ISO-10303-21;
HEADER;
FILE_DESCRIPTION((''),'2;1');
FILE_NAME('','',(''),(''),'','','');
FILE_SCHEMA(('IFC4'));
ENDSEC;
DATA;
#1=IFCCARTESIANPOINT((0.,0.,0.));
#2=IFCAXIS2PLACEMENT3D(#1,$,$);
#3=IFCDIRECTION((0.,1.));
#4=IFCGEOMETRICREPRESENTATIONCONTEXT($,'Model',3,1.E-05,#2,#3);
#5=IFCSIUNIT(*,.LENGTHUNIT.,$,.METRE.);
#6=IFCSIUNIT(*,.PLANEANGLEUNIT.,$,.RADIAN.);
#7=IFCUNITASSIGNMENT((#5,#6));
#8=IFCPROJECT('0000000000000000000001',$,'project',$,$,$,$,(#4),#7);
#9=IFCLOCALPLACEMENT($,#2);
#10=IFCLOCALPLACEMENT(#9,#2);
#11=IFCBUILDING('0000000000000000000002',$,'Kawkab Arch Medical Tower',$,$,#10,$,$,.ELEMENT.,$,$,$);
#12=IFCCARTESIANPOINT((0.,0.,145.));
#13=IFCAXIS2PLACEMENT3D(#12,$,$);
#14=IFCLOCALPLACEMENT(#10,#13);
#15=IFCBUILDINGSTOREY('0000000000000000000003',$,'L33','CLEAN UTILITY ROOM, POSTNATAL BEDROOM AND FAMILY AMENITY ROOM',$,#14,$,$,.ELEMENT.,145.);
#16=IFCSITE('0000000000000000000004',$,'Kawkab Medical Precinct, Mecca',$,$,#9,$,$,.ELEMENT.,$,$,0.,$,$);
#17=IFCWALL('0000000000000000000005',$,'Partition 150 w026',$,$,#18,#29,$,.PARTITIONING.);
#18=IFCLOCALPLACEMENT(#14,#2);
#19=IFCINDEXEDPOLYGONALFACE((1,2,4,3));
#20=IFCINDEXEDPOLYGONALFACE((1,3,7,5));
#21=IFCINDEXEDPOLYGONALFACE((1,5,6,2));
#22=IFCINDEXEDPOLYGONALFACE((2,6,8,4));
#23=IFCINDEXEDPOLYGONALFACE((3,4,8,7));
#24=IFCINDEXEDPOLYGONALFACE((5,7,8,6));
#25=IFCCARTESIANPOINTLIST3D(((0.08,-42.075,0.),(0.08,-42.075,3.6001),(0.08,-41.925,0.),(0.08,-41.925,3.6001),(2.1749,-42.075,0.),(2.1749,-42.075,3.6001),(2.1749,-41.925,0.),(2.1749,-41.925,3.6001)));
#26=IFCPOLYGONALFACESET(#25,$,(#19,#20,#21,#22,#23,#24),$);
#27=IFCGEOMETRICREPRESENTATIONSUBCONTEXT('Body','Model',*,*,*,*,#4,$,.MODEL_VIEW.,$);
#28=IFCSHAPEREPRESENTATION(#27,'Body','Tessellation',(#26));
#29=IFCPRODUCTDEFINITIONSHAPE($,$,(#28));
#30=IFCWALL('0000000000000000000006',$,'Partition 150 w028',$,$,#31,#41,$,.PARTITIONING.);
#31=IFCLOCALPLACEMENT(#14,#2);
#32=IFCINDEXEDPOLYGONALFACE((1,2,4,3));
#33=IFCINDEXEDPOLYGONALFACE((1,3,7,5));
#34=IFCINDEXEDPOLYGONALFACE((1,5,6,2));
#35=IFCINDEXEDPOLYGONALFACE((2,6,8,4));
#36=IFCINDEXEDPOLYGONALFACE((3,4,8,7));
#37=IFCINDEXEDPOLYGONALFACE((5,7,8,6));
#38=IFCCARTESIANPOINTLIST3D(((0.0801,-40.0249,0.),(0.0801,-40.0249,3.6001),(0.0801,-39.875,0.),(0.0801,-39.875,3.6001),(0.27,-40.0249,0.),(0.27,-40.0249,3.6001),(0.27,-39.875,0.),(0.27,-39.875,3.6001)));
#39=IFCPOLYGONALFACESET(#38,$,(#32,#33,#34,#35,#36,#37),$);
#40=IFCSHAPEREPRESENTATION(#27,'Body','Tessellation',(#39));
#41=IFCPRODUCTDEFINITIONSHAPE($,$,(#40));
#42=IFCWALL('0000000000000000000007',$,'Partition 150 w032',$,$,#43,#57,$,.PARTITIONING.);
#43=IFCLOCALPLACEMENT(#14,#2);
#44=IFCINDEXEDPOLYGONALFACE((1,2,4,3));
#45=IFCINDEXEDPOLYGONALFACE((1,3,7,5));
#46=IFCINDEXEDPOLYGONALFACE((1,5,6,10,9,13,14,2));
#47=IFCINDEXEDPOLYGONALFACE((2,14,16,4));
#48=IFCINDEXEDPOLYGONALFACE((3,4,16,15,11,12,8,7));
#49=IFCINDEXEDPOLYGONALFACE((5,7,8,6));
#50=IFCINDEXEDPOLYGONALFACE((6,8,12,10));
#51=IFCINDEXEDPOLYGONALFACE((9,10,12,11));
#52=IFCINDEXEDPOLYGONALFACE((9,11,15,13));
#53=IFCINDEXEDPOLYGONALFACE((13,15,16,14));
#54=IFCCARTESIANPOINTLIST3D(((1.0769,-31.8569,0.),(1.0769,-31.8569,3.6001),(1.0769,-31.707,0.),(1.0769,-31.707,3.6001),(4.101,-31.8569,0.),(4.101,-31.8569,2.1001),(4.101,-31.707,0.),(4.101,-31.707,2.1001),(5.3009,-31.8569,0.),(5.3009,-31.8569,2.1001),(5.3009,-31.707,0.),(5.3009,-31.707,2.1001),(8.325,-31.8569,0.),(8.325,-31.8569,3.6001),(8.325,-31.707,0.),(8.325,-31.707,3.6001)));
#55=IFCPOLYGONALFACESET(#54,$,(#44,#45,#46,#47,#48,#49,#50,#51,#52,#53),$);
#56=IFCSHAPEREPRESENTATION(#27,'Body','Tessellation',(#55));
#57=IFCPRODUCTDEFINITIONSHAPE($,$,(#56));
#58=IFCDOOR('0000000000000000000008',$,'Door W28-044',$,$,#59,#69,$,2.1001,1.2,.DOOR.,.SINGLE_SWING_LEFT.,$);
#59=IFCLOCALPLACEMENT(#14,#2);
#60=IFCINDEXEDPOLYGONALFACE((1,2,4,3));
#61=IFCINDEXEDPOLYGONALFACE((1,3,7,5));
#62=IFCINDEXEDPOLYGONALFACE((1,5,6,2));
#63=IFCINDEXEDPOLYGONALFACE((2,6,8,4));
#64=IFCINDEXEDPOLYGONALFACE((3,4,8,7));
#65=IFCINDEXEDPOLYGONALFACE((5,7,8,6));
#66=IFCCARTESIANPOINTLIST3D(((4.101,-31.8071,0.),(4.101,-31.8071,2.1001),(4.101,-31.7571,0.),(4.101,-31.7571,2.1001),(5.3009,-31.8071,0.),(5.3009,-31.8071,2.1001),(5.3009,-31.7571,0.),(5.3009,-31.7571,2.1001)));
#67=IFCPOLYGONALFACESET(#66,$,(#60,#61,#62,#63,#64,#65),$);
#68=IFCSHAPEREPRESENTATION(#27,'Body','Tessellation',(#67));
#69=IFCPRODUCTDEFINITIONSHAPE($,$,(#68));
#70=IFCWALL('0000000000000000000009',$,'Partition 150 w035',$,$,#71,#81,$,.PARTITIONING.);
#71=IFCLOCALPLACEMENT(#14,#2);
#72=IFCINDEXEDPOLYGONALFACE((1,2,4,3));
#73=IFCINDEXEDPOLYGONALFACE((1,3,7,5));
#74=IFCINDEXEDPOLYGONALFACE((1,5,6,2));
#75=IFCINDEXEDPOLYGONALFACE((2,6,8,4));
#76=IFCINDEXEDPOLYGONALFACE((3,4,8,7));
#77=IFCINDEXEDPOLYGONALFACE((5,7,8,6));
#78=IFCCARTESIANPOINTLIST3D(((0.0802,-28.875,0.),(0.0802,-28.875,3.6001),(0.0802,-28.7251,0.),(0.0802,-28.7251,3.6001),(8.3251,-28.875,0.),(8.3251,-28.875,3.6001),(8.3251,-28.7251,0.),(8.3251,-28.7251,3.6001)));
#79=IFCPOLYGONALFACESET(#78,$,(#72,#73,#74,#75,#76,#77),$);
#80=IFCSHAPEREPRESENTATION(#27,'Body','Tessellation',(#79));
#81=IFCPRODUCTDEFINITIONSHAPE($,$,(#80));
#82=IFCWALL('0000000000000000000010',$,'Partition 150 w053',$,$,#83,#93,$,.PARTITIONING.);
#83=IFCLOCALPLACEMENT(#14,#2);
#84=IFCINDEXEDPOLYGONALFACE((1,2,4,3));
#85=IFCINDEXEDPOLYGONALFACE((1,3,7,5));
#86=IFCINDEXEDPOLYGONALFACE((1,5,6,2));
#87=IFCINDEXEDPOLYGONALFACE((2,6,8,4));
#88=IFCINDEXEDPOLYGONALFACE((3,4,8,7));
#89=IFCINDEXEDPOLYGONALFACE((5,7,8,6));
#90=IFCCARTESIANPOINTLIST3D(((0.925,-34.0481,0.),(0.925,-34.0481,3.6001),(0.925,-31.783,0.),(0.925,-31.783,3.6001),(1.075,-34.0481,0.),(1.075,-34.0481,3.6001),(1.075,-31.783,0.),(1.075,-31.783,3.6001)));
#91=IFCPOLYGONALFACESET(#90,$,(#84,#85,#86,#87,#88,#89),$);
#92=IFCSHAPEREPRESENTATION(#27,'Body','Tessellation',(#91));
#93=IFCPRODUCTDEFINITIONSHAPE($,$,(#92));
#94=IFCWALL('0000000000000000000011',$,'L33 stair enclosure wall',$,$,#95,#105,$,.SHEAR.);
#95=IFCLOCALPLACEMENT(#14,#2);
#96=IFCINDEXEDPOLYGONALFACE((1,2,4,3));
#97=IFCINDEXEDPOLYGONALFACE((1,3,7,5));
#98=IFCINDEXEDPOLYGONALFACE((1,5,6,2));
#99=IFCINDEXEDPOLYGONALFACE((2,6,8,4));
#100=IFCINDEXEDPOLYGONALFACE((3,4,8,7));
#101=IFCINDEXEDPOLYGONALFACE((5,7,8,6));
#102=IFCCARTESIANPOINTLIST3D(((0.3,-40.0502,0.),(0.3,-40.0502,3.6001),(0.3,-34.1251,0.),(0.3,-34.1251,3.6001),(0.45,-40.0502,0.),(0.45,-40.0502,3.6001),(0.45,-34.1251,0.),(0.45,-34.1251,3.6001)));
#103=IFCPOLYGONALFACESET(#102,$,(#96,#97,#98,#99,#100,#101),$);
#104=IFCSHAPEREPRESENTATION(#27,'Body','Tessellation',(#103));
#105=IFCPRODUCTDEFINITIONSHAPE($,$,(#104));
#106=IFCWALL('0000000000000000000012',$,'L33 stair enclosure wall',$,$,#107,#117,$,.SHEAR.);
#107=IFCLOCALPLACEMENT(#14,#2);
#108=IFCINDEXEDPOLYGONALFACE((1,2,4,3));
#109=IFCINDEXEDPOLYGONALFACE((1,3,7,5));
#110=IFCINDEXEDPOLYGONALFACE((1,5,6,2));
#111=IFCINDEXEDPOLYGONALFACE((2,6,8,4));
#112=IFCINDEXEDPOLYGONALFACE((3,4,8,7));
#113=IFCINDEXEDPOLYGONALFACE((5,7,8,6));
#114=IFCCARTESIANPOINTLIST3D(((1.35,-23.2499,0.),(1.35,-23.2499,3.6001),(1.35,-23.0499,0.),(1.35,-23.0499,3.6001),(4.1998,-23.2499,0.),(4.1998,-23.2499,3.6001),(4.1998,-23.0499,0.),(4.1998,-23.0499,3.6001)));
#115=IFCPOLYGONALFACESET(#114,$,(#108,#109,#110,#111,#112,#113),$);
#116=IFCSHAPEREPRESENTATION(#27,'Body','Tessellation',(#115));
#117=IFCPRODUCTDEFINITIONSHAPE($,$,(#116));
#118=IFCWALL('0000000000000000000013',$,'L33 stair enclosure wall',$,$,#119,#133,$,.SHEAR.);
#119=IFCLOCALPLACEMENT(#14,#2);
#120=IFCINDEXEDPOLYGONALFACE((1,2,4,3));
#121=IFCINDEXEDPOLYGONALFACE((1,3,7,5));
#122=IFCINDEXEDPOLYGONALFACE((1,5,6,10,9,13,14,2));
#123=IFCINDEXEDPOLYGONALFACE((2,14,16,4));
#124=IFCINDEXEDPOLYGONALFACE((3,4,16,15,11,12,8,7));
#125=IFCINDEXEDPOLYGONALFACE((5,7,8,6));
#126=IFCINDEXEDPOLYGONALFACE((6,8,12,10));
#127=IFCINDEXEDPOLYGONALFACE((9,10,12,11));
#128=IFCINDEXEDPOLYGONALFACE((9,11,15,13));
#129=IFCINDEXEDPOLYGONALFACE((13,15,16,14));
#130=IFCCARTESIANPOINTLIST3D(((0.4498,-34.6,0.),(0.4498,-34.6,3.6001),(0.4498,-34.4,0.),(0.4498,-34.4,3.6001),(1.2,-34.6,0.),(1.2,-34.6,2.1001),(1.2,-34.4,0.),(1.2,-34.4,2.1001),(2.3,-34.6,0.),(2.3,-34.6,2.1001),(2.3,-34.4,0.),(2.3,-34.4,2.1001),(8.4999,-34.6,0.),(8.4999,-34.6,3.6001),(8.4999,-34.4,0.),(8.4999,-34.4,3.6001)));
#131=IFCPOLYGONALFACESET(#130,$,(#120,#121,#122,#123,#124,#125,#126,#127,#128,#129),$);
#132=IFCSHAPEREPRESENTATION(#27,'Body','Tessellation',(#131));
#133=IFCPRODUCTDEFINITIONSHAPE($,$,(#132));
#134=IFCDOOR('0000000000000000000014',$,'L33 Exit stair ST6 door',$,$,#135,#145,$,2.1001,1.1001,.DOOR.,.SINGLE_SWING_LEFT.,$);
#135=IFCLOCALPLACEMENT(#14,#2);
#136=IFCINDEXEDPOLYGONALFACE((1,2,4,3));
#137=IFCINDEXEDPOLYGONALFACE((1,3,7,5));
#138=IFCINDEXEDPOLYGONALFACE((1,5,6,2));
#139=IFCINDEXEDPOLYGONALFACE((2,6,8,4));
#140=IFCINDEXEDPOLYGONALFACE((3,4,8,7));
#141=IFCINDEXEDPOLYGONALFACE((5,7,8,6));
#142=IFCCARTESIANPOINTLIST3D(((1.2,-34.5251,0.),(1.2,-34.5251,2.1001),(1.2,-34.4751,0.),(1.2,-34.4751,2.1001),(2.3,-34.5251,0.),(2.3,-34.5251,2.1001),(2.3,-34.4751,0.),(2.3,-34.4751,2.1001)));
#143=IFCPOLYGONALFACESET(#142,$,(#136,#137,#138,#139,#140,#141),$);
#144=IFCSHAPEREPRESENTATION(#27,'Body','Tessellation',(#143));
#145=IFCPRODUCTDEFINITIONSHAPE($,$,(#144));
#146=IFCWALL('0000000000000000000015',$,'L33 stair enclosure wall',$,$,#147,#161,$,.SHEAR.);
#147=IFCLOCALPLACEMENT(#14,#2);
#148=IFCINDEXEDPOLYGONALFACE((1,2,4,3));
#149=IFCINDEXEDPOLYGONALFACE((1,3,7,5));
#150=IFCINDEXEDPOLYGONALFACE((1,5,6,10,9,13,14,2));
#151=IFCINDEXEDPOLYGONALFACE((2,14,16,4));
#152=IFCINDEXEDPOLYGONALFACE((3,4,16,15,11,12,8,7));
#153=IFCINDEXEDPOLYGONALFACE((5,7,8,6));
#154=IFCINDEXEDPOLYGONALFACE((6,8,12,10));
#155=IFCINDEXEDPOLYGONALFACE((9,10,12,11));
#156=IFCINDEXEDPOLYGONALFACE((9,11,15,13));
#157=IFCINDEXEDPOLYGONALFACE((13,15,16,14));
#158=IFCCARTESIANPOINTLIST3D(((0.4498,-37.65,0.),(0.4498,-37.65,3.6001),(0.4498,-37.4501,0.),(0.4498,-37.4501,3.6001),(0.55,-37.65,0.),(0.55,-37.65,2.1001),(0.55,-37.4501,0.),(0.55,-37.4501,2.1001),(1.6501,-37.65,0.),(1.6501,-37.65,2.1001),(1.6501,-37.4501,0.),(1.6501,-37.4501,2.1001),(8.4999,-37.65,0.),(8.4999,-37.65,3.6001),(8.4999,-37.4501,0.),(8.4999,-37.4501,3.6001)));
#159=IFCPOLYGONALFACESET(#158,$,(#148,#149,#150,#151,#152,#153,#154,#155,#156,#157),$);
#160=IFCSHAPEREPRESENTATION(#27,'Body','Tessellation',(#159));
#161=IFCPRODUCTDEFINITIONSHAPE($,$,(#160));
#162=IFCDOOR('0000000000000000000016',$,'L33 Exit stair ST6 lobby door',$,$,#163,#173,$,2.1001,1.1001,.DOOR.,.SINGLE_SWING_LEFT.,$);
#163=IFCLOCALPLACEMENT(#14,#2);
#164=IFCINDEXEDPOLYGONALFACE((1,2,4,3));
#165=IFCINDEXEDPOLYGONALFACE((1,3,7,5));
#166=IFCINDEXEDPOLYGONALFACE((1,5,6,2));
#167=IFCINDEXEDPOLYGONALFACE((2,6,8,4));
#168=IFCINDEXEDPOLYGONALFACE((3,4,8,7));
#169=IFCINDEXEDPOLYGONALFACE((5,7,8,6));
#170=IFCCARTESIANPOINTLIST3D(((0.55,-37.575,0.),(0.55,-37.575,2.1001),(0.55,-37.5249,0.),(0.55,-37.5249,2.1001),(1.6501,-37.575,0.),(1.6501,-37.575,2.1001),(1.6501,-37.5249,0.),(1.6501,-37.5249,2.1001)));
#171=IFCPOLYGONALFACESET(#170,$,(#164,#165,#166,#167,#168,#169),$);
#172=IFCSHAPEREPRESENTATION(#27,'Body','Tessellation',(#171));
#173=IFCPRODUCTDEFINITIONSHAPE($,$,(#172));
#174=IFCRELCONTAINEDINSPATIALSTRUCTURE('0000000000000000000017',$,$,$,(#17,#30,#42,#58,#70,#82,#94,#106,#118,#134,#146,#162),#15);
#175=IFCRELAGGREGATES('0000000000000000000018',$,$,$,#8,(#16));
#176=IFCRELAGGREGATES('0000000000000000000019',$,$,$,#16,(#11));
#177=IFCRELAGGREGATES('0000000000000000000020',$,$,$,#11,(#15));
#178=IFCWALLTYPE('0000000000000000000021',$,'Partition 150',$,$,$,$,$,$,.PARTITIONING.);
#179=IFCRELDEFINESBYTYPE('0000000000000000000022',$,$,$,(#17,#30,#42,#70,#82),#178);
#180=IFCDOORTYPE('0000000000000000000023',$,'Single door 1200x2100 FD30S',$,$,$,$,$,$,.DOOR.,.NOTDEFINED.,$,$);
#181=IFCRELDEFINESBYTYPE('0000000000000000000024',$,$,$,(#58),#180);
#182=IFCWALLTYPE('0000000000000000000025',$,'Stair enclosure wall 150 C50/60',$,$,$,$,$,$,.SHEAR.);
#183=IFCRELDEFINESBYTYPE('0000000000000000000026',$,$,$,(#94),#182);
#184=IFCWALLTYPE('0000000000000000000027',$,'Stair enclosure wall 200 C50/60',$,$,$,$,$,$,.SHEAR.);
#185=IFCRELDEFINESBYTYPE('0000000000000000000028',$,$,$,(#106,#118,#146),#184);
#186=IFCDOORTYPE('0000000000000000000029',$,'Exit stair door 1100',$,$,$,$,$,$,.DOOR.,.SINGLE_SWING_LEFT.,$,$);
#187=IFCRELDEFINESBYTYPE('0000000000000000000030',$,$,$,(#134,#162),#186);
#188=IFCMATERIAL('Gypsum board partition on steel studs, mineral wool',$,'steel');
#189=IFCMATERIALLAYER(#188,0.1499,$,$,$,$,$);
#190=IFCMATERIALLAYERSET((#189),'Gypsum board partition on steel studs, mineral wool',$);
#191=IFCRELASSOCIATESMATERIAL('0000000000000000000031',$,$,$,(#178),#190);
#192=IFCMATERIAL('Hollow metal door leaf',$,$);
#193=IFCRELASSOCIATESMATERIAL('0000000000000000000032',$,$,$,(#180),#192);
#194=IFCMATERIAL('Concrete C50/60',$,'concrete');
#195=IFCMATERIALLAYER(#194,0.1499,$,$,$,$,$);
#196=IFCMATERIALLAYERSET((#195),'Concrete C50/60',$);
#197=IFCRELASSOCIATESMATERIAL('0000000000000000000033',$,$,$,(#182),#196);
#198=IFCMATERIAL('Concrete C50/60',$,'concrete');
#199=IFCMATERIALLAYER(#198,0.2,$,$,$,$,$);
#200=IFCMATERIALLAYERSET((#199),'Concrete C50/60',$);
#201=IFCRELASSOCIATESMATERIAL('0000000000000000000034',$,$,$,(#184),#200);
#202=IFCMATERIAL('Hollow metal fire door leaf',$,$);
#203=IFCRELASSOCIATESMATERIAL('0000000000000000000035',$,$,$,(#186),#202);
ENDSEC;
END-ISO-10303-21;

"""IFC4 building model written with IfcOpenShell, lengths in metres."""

from ifc_helpers import new_model, si_unit, direction, frame, frame_2d, origin, place, context, subcontext, project, spatial, rectangle, extrude, material, layer, layer_set, type_object, element, fill, save


model = new_model("IFC4")

# Units and contexts
model_context = context("Model", 3, precision=1e-05, world=origin(), true_north=direction((0.0, 1.0)))
body_context = subcontext(model_context, "Body", "Model", "MODEL_VIEW")
ifc_project = project(units=[si_unit("LENGTHUNIT", "METRE"), si_unit("PLANEANGLEUNIT", "RADIAN")], contexts=[model_context])

# Site, building, storey
site_placement = place(None, origin())
site = spatial("IfcSite", under=ifc_project, at=site_placement, Name="Kawkab Medical Precinct, Mecca", CompositionType="ELEMENT", RefElevation=0.0)
building_placement = place(site_placement, origin())
building = spatial("IfcBuilding", under=site, at=building_placement, Name="Kawkab Arch Medical Tower", CompositionType="ELEMENT")
storey_placement = place(building_placement, frame((0.0, 0.0, 145.0)))
storey = spatial("IfcBuildingStorey", under=building, at=storey_placement, Name="L33", Description="CLEAN UTILITY ROOM, POSTNATAL BEDROOM AND FAMILY AMENITY ROOM", CompositionType="ELEMENT", Elevation=145.0)

# Walls
ifc_material_1 = material(Name="Gypsum board partition on steel studs, mineral wool", Category="steel")
ifc_layer_1 = layer(ifc_material_1, 0.1499)
ifc_layer_set_1 = layer_set([ifc_layer_1], Name="Gypsum board partition on steel studs, mineral wool")
wall_type_1 = type_object("IfcWallType", Name="Partition 150", PredefinedType="PARTITIONING", material=ifc_layer_set_1)
wall_1_placement = place(storey_placement, frame((0.0801, -42.0, 0.0), z_axis=(0.0, 0.0, 1.0), x_axis=(1.0, 0.0, 0.0)))
element("IfcWall", 1, at=wall_1_placement, inside=storey, type_object=wall_type_1, Name="Partition 150 w026", PredefinedType="PARTITIONING", context=body_context, shape_type="SweptSolid", body=[
    extrude(rectangle(XDim=2.095, YDim=0.1499, at=frame_2d((1.0474, 0.0))), origin(), (0.0, 0.0, 1.0), 3.6001),
])
wall_2_placement = place(storey_placement, frame((0.0801, -39.95, 0.0), z_axis=(0.0, 0.0, 1.0), x_axis=(1.0, 0.0, 0.0)))
element("IfcWall", 2, at=wall_2_placement, inside=storey, type_object=wall_type_1, Name="Partition 150 w028", PredefinedType="PARTITIONING", context=body_context, shape_type="SweptSolid", body=[
    extrude(rectangle(XDim=0.1899, YDim=0.1499, at=frame_2d((0.095, 0.0))), origin(), (0.0, 0.0, 1.0), 3.6001),
])

# Wall, opening, door
wall_3_placement = place(storey_placement, frame((1.0769, -31.782, 0.0), z_axis=(0.0, 0.0, 1.0), x_axis=(1.0, 0.0, 0.0)))
wall_3 = element("IfcWall", 3, at=wall_3_placement, inside=storey, type_object=wall_type_1, Name="Partition 150 w032", PredefinedType="PARTITIONING", context=body_context, shape_type="SweptSolid", body=[
    extrude(rectangle(XDim=7.248, YDim=0.1499, at=frame_2d((3.624, 0.0))), origin(), (0.0, 0.0, 1.0), 3.6001),
])
opening_1_placement = place(wall_3_placement, frame((3.0239, 0.0, 0.0)))
opening_1 = element("IfcOpeningElement", 4, at=opening_1_placement, cuts=wall_3, PredefinedType="OPENING", context=body_context, shape_type="SweptSolid", body=[
    extrude(rectangle(XDim=1.2, YDim=2.1001, at=frame_2d((0.6001, 1.05))), frame((0.0, 0.085, 0.0), z_axis=(0.0, -1.0, 0.0), x_axis=(1.0, 0.0, 0.0)), (0.0, 0.0, 1.0), 0.1699),
])
ifc_material_2 = material(Name="Hollow metal door leaf")
door_type_1 = type_object("IfcDoorType", Name="Single door 1200x2100 FD30S", OperationType="NOTDEFINED", PredefinedType="DOOR", material=ifc_material_2)
door_1_placement = place(opening_1_placement, origin())
door_1 = element("IfcDoor", 5, at=door_1_placement, inside=storey, type_object=door_type_1, Name="Door W28-044", OperationType="SINGLE_SWING_LEFT", OverallHeight=2.1001, OverallWidth=1.2, PredefinedType="DOOR", context=body_context, shape_type="SweptSolid", body=[
    extrude(rectangle(XDim=1.2, YDim=2.1001, at=frame_2d((0.6001, 1.05))), frame((0.0, 0.0249, 0.0), z_axis=(0.0, -1.0, 0.0), x_axis=(1.0, 0.0, 0.0)), (0.0, 0.0, 1.0), 0.05),
])
fill(opening_1, door_1)

# Walls
wall_4_placement = place(storey_placement, frame((0.0801, -28.8, 0.0), z_axis=(0.0, 0.0, 1.0), x_axis=(1.0, 0.0, 0.0)))
element("IfcWall", 6, at=wall_4_placement, inside=storey, type_object=wall_type_1, Name="Partition 150 w035", PredefinedType="PARTITIONING", context=body_context, shape_type="SweptSolid", body=[
    extrude(rectangle(XDim=8.2449, YDim=0.1499, at=frame_2d((4.1226, 0.0))), origin(), (0.0, 0.0, 1.0), 3.6001),
])
wall_5_placement = place(storey_placement, frame((1.0, -34.0481, 0.0), z_axis=(0.0, 0.0, 1.0), x_axis=(0.0, 1.0, 0.0)))
element("IfcWall", 7, at=wall_5_placement, inside=storey, type_object=wall_type_1, Name="Partition 150 w053", PredefinedType="PARTITIONING", context=body_context, shape_type="SweptSolid", body=[
    extrude(rectangle(XDim=2.2651, YDim=0.1499, at=frame_2d((1.1326, 0.0))), origin(), (0.0, 0.0, 1.0), 3.6001),
])
ifc_material_3 = material(Name="Concrete C50/60", Category="concrete")
ifc_layer_2 = layer(ifc_material_3, 0.1499)
ifc_layer_set_2 = layer_set([ifc_layer_2], Name="Concrete C50/60")
wall_type_2 = type_object("IfcWallType", Name="Stair enclosure wall 150 C50/60", PredefinedType="SHEAR", material=ifc_layer_set_2)
wall_6_placement = place(storey_placement, frame((0.375, -40.05, 0.0), z_axis=(0.0, 0.0, 1.0), x_axis=(0.0, 1.0, 0.0)))
element("IfcWall", 8, at=wall_6_placement, inside=storey, type_object=wall_type_2, Name="L33 stair enclosure wall", PredefinedType="SHEAR", context=body_context, shape_type="SweptSolid", body=[
    extrude(rectangle(XDim=5.925, YDim=0.1499, at=frame_2d((2.9624, 0.0))), origin(), (0.0, 0.0, 1.0), 3.6001),
])
ifc_material_4 = material(Name="Concrete C50/60", Category="concrete")
ifc_layer_3 = layer(ifc_material_4, 0.2)
ifc_layer_set_3 = layer_set([ifc_layer_3], Name="Concrete C50/60")
wall_type_3 = type_object("IfcWallType", Name="Stair enclosure wall 200 C50/60", PredefinedType="SHEAR", material=ifc_layer_set_3)
wall_7_placement = place(storey_placement, frame((1.3501, -23.1499, 0.0), z_axis=(0.0, 0.0, 1.0), x_axis=(1.0, 0.0, 0.0)))
element("IfcWall", 9, at=wall_7_placement, inside=storey, type_object=wall_type_3, Name="L33 stair enclosure wall", PredefinedType="SHEAR", context=body_context, shape_type="SweptSolid", body=[
    extrude(rectangle(XDim=2.8499, YDim=0.2, at=frame_2d((1.4248, 0.0))), origin(), (0.0, 0.0, 1.0), 3.6001),
])

# Walls, openings, doors
wall_8_placement = place(storey_placement, frame((0.45, -34.5, 0.0), z_axis=(0.0, 0.0, 1.0), x_axis=(1.0, 0.0, 0.0)))
wall_8 = element("IfcWall", 10, at=wall_8_placement, inside=storey, type_object=wall_type_3, Name="L33 stair enclosure wall", PredefinedType="SHEAR", context=body_context, shape_type="SweptSolid", body=[
    extrude(rectangle(XDim=8.05, YDim=0.2, at=frame_2d((4.0249, 0.0))), origin(), (0.0, 0.0, 1.0), 3.6001),
])
opening_2_placement = place(wall_8_placement, frame((0.75, 0.0, 0.0)))
opening_2 = element("IfcOpeningElement", 11, at=opening_2_placement, cuts=wall_8, PredefinedType="OPENING", context=body_context, shape_type="SweptSolid", body=[
    extrude(rectangle(XDim=1.1001, YDim=2.1001, at=frame_2d((0.55, 1.05))), frame((0.0, 0.1099, 0.0), z_axis=(0.0, -1.0, 0.0), x_axis=(1.0, 0.0, 0.0)), (0.0, 0.0, 1.0), 0.22),
])
ifc_material_5 = material(Name="Hollow metal fire door leaf")
door_type_2 = type_object("IfcDoorType", Name="Exit stair door 1100", OperationType="SINGLE_SWING_LEFT", PredefinedType="DOOR", material=ifc_material_5)
door_2_placement = place(opening_2_placement, origin())
door_2 = element("IfcDoor", 12, at=door_2_placement, inside=storey, type_object=door_type_2, Name="L33 Exit stair ST6 door", OperationType="SINGLE_SWING_LEFT", OverallHeight=2.1001, OverallWidth=1.1001, PredefinedType="DOOR", context=body_context, shape_type="SweptSolid", body=[
    extrude(rectangle(XDim=1.1001, YDim=2.1001, at=frame_2d((0.55, 1.05))), frame((0.0, 0.0249, 0.0), z_axis=(0.0, -1.0, 0.0), x_axis=(1.0, 0.0, 0.0)), (0.0, 0.0, 1.0), 0.05),
])
fill(opening_2, door_2)
wall_9_placement = place(storey_placement, frame((0.45, -37.55, 0.0), z_axis=(0.0, 0.0, 1.0), x_axis=(1.0, 0.0, 0.0)))
wall_9 = element("IfcWall", 13, at=wall_9_placement, inside=storey, type_object=wall_type_3, Name="L33 stair enclosure wall", PredefinedType="SHEAR", context=body_context, shape_type="SweptSolid", body=[
    extrude(rectangle(XDim=8.05, YDim=0.2, at=frame_2d((4.0249, 0.0))), origin(), (0.0, 0.0, 1.0), 3.6001),
])
opening_3_placement = place(wall_9_placement, frame((0.1001, 0.0, 0.0)))
opening_3 = element("IfcOpeningElement", 14, at=opening_3_placement, cuts=wall_9, PredefinedType="OPENING", context=body_context, shape_type="SweptSolid", body=[
    extrude(rectangle(XDim=1.1001, YDim=2.1001, at=frame_2d((0.55, 1.05))), frame((0.0, 0.1099, 0.0), z_axis=(0.0, -1.0, 0.0), x_axis=(1.0, 0.0, 0.0)), (0.0, 0.0, 1.0), 0.22),
])
door_3_placement = place(opening_3_placement, frame((1.1001, 0.0, 0.0), z_axis=(0.0, 0.0, 1.0), x_axis=(-1.0, 0.0, 0.0)))
door_3 = element("IfcDoor", 15, at=door_3_placement, inside=storey, type_object=door_type_2, Name="L33 Exit stair ST6 lobby door", OperationType="SINGLE_SWING_LEFT", OverallHeight=2.1001, OverallWidth=1.1001, PredefinedType="DOOR", context=body_context, shape_type="SweptSolid", body=[
    extrude(rectangle(XDim=1.1001, YDim=2.1001, at=frame_2d((0.55, 1.05))), frame((0.0, 0.0249, 0.0), z_axis=(0.0, -1.0, 0.0), x_axis=(1.0, 0.0, 0.0)), (0.0, 0.0, 1.0), 0.05),
])
fill(opening_3, door_3)

save(model, "model.ifc")
